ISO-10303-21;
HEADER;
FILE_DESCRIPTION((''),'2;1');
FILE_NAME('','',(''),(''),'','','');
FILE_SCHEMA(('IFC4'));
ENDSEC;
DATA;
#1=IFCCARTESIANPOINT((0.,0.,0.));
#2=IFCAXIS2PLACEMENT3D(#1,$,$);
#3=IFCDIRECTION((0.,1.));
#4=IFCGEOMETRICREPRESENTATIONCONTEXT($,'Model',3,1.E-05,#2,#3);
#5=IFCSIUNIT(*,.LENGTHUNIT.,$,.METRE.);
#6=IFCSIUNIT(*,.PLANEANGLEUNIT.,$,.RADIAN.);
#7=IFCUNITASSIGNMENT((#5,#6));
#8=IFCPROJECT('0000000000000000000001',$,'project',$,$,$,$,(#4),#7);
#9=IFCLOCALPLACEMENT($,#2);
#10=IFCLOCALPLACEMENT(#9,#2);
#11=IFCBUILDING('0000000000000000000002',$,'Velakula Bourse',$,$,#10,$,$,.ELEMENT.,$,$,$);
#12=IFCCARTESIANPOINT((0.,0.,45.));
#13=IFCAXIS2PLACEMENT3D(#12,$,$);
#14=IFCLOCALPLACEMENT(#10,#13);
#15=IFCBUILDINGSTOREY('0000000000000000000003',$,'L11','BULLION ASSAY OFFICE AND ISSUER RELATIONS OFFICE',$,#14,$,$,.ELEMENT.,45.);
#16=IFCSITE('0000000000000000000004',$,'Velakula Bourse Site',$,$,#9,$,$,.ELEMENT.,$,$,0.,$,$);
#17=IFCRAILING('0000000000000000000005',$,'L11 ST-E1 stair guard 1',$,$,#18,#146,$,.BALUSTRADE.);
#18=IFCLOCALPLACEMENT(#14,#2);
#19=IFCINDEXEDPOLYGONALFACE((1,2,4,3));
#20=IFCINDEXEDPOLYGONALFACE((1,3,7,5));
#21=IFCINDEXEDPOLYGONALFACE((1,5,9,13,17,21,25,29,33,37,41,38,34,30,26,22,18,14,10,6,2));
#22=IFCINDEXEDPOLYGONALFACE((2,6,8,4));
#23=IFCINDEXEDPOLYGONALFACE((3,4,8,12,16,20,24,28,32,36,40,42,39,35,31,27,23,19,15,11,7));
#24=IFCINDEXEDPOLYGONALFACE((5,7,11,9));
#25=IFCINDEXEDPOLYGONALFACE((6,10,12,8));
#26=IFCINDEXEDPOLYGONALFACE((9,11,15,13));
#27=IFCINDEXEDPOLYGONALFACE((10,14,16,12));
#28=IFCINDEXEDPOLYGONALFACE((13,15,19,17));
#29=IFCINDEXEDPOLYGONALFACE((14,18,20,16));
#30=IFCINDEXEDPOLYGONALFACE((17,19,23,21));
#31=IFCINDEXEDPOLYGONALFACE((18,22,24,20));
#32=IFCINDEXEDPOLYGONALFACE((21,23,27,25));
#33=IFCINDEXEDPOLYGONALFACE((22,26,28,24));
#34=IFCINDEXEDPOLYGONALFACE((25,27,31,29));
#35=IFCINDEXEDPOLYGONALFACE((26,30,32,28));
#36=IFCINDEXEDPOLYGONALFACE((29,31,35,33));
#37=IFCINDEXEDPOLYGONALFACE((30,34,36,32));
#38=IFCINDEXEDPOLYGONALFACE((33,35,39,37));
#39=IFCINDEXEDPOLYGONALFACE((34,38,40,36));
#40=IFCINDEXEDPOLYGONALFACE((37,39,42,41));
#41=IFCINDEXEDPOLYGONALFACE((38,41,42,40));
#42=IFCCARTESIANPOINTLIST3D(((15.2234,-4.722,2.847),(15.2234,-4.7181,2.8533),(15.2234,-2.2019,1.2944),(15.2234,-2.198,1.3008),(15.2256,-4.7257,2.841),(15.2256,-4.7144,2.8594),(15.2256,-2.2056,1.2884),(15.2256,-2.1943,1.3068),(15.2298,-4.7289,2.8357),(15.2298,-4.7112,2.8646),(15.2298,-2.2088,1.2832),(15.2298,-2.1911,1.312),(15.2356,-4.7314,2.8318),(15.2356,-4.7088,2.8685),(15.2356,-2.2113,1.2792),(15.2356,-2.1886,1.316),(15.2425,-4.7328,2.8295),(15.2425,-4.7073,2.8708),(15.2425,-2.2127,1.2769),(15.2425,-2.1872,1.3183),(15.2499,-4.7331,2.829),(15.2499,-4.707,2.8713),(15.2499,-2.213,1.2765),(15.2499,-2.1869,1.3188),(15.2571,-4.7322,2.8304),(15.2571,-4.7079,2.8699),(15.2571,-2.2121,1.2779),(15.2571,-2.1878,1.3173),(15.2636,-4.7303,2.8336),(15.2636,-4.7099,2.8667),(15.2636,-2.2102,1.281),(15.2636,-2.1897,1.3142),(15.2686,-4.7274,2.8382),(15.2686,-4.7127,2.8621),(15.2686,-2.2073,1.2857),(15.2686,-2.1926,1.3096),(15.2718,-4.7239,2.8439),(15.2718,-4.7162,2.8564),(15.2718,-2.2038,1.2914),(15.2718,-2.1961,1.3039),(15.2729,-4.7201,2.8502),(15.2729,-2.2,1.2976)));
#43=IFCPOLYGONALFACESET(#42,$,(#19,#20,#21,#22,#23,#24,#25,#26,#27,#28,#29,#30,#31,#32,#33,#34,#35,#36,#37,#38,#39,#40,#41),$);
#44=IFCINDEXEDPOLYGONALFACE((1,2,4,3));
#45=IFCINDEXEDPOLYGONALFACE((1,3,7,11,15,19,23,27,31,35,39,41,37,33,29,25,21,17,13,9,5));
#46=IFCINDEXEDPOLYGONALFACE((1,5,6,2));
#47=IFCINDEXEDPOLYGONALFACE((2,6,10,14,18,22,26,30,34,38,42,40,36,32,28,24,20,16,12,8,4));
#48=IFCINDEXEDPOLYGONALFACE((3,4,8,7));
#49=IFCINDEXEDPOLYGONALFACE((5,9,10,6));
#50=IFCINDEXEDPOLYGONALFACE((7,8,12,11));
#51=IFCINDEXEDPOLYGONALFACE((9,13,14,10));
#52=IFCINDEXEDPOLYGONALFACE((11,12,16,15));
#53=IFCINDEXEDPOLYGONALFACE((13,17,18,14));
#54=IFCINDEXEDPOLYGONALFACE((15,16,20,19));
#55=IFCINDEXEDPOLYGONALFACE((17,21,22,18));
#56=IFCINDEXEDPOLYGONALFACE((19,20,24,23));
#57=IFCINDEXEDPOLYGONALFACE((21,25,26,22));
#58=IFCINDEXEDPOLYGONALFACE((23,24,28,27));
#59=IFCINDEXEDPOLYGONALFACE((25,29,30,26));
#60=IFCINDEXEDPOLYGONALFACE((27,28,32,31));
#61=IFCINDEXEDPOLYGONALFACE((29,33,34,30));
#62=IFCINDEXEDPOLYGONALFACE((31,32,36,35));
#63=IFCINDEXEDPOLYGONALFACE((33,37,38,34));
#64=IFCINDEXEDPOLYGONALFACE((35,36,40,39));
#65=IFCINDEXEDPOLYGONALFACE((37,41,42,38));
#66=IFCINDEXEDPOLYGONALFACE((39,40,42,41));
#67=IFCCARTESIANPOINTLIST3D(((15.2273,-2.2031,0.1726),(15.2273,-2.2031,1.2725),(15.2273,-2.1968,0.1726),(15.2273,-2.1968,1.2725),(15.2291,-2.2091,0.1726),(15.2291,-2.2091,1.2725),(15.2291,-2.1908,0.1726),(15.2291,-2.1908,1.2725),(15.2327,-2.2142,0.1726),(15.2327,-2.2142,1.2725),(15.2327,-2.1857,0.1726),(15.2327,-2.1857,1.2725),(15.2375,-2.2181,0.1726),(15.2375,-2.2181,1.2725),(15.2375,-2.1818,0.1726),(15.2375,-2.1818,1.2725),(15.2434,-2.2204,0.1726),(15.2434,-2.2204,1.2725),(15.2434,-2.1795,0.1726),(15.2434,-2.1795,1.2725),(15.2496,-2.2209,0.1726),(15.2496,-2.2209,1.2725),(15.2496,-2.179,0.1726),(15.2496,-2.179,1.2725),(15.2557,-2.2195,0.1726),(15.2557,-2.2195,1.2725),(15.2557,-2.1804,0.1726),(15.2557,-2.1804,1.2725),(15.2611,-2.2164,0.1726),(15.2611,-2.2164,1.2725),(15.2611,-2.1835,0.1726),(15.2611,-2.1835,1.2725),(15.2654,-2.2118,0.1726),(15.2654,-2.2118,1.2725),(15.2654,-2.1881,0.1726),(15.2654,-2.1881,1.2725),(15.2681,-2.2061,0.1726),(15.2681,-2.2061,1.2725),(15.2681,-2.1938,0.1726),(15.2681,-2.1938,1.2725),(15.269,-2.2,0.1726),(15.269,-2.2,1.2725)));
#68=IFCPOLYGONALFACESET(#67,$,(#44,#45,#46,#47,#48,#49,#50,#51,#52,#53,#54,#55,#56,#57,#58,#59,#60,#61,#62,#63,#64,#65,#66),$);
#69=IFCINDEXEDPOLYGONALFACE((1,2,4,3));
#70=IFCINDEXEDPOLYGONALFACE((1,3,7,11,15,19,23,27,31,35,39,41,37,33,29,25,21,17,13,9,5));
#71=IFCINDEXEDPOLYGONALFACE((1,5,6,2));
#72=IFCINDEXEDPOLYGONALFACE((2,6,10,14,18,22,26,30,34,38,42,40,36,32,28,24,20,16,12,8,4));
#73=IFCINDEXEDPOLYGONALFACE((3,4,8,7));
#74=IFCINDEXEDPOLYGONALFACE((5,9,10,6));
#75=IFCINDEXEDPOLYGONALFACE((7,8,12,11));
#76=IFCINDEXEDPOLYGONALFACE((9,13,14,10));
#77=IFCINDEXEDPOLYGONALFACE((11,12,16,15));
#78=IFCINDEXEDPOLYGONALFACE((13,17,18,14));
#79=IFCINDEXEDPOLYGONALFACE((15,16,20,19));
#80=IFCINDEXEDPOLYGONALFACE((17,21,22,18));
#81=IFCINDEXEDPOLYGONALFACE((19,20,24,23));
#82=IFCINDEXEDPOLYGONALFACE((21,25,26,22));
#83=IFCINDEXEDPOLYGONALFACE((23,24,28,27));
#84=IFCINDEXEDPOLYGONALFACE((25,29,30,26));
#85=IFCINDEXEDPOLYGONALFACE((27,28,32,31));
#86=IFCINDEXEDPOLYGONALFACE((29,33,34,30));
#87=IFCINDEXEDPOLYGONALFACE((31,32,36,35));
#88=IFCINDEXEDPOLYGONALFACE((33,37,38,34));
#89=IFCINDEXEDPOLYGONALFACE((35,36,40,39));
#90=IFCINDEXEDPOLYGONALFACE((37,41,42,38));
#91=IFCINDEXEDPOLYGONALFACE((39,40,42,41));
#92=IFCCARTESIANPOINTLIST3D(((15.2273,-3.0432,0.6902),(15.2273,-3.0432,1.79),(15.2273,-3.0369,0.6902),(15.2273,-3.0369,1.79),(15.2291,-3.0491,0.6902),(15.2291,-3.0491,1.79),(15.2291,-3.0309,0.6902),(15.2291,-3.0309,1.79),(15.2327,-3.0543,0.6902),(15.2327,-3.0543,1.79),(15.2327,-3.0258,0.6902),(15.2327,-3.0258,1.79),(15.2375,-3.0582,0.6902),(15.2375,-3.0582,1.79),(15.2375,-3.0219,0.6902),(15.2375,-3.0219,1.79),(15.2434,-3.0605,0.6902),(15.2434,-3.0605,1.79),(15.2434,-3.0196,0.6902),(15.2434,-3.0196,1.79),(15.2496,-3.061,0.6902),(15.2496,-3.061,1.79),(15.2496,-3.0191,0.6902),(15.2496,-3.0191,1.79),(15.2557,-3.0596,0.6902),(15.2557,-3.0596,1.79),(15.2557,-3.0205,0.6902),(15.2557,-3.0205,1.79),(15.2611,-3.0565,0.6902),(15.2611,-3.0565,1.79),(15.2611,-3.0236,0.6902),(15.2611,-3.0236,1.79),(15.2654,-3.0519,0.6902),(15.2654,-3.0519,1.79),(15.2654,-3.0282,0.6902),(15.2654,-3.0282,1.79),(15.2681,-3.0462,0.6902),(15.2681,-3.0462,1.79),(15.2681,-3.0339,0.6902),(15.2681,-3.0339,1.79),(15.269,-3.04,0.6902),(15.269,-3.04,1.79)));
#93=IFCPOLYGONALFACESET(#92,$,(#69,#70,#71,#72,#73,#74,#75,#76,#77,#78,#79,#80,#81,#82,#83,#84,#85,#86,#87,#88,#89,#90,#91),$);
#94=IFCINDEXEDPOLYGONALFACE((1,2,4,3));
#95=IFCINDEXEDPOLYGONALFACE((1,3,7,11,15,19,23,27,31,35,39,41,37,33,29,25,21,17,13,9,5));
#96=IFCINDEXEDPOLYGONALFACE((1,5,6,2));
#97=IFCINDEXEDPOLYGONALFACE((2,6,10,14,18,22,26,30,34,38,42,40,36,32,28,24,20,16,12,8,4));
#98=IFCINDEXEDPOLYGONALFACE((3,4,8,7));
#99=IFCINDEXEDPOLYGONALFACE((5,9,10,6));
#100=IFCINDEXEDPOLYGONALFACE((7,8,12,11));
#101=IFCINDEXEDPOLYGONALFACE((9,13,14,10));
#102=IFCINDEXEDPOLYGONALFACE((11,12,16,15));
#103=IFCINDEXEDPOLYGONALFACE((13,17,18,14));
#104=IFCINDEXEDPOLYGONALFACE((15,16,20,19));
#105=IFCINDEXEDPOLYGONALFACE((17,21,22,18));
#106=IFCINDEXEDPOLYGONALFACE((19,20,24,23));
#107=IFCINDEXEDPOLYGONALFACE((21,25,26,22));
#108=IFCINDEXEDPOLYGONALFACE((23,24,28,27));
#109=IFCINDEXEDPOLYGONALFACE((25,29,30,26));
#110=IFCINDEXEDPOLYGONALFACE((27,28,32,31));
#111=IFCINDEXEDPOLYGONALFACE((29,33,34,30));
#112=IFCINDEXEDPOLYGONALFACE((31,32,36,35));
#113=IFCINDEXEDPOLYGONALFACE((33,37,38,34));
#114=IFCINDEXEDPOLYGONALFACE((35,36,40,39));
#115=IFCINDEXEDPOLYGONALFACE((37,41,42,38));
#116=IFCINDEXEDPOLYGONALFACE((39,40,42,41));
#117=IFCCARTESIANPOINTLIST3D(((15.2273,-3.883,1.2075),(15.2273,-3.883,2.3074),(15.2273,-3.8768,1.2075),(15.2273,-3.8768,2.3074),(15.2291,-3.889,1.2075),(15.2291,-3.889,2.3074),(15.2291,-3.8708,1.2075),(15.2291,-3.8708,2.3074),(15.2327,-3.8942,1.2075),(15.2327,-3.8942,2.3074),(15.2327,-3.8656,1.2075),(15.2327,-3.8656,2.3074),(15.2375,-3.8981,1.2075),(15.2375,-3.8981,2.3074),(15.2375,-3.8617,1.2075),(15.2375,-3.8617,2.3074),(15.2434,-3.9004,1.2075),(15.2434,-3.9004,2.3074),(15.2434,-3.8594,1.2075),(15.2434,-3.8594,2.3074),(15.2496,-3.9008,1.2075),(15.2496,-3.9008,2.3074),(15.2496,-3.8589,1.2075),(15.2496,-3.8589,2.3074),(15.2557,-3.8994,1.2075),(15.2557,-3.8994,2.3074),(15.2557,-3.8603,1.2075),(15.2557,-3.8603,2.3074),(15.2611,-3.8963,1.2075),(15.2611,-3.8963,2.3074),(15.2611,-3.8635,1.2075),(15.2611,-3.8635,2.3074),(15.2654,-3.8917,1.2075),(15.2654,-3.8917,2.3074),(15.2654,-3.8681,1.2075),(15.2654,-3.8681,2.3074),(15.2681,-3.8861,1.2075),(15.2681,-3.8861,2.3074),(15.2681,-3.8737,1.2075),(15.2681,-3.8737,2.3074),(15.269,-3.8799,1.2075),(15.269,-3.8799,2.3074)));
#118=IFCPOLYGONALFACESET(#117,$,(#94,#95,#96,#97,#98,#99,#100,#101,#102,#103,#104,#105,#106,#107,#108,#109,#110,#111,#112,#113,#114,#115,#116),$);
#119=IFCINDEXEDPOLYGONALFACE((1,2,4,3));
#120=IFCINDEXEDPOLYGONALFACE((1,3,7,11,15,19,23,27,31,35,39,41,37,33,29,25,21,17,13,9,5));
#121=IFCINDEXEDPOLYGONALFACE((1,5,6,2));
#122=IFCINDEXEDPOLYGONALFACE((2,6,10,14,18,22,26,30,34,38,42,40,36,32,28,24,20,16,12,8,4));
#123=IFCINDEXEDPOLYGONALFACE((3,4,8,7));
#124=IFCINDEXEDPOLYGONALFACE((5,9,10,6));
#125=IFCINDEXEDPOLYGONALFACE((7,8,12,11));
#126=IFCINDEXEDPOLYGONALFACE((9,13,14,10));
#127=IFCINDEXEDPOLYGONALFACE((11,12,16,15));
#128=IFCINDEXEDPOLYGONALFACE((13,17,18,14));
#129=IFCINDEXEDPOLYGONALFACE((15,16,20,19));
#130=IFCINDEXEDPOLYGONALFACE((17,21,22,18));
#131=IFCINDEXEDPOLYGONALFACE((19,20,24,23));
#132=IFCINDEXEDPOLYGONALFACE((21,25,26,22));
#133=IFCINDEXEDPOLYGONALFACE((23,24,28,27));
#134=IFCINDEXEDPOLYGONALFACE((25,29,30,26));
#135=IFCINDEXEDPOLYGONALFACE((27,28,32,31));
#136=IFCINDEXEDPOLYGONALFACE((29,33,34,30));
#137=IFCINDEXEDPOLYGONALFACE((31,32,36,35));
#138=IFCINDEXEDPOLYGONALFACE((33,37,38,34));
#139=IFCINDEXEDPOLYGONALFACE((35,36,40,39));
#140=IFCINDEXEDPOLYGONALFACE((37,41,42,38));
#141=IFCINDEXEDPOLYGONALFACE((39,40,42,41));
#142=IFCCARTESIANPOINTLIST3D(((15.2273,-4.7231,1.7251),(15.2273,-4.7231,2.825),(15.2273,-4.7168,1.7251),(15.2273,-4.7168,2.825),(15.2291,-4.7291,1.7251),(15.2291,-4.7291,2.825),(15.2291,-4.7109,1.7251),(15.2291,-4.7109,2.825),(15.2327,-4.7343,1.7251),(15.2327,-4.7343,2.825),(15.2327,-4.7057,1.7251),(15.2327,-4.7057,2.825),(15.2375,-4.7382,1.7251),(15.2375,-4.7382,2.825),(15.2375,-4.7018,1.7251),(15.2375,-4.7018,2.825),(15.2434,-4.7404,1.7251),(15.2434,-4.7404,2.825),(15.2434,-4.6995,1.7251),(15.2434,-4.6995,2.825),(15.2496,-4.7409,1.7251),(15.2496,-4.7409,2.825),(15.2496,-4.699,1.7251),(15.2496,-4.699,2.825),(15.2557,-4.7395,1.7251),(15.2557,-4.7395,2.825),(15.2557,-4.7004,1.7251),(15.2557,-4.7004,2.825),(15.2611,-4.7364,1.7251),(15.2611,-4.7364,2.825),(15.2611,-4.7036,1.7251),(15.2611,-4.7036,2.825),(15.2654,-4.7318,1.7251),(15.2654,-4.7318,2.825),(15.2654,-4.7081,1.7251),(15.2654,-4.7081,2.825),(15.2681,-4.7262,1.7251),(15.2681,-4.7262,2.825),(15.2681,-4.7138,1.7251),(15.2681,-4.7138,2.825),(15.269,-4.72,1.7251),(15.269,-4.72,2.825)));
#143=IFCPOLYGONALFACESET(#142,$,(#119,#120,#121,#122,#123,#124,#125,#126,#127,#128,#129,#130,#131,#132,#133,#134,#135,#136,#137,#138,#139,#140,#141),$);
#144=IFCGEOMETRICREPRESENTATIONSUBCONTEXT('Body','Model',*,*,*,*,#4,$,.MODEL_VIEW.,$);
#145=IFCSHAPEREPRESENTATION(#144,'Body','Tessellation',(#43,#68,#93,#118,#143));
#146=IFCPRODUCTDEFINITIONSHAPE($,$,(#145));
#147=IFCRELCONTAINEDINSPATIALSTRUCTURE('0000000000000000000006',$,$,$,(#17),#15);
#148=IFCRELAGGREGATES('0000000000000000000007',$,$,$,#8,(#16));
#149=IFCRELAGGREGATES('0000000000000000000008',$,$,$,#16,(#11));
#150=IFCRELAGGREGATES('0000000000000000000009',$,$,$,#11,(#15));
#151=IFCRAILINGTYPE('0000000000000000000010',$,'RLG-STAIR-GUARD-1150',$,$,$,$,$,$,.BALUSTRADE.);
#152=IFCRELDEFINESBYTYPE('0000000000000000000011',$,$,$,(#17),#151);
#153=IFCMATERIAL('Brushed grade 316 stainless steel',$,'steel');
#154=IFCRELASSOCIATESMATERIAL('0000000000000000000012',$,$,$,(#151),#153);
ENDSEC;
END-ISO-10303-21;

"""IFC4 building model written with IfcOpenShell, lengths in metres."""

from ifc_helpers import new_model, si_unit, direction, frame, origin, origin_2d, place, context, subcontext, project, spatial, circle, extrude, material, type_object, element, save


model = new_model("IFC4")

# Units and contexts
model_context = context("Model", 3, precision=1e-05, world=origin(), true_north=direction((0.0, 1.0)))
body_context = subcontext(model_context, "Body", "Model", "MODEL_VIEW")
ifc_project = project(units=[si_unit("LENGTHUNIT", "METRE"), si_unit("PLANEANGLEUNIT", "RADIAN")], contexts=[model_context])

# Site, building, storey
site_placement = place(None, origin())
site = spatial("IfcSite", under=ifc_project, at=site_placement, Name="Velakula Bourse Site", CompositionType="ELEMENT", RefElevation=0.0)
building_placement = place(site_placement, origin())
building = spatial("IfcBuilding", under=site, at=building_placement, Name="Velakula Bourse", CompositionType="ELEMENT")
storey_placement = place(building_placement, frame((0.0, 0.0, 45.0)))
storey = spatial("IfcBuildingStorey", under=building, at=storey_placement, Name="L11", Description="BULLION ASSAY OFFICE AND ISSUER RELATIONS OFFICE", CompositionType="ELEMENT", Elevation=45.0)

# Shared definitions
ifc_material_1 = material(Name="Brushed grade 316 stainless steel", Category="steel")

# Railing
railing_type_1 = type_object("IfcRailingType", Name="RLG-STAIR-GUARD-1150", PredefinedType="BALUSTRADE", material=ifc_material_1)
railing_1_placement = place(storey_placement, frame((15.248, -2.2, 0.1726)))
element("IfcRailing", 1, at=railing_1_placement, inside=storey, type_object=railing_type_1, Name="L11 ST-E1 stair guard 1", PredefinedType="BALUSTRADE", context=body_context, shape_type="SweptSolid", body=[
    extrude(circle(Radius=0.0249, at=origin_2d()), frame((0.0, 0.0, 1.125), z_axis=(0.0, -0.8514, 0.524516), x_axis=(1.0, 0.0, 0.0)), (0.0, 0.0, 1.0), 2.96),
    extrude(circle(Radius=0.021, at=origin_2d()), origin(), (0.0, 0.0, 1.0), 1.0999),
    extrude(circle(Radius=0.021, at=origin_2d()), frame((0.0, -0.8401, 0.5176)), (0.0, 0.0, 1.0), 1.0999),
    extrude(circle(Radius=0.021, at=origin_2d()), frame((0.0, -1.6799, 1.0349)), (0.0, 0.0, 1.0), 1.0999),
    extrude(circle(Radius=0.021, at=origin_2d()), frame((0.0, -2.52, 1.5525)), (0.0, 0.0, 1.0), 1.0999),
])

save(model, "model.ifc")
